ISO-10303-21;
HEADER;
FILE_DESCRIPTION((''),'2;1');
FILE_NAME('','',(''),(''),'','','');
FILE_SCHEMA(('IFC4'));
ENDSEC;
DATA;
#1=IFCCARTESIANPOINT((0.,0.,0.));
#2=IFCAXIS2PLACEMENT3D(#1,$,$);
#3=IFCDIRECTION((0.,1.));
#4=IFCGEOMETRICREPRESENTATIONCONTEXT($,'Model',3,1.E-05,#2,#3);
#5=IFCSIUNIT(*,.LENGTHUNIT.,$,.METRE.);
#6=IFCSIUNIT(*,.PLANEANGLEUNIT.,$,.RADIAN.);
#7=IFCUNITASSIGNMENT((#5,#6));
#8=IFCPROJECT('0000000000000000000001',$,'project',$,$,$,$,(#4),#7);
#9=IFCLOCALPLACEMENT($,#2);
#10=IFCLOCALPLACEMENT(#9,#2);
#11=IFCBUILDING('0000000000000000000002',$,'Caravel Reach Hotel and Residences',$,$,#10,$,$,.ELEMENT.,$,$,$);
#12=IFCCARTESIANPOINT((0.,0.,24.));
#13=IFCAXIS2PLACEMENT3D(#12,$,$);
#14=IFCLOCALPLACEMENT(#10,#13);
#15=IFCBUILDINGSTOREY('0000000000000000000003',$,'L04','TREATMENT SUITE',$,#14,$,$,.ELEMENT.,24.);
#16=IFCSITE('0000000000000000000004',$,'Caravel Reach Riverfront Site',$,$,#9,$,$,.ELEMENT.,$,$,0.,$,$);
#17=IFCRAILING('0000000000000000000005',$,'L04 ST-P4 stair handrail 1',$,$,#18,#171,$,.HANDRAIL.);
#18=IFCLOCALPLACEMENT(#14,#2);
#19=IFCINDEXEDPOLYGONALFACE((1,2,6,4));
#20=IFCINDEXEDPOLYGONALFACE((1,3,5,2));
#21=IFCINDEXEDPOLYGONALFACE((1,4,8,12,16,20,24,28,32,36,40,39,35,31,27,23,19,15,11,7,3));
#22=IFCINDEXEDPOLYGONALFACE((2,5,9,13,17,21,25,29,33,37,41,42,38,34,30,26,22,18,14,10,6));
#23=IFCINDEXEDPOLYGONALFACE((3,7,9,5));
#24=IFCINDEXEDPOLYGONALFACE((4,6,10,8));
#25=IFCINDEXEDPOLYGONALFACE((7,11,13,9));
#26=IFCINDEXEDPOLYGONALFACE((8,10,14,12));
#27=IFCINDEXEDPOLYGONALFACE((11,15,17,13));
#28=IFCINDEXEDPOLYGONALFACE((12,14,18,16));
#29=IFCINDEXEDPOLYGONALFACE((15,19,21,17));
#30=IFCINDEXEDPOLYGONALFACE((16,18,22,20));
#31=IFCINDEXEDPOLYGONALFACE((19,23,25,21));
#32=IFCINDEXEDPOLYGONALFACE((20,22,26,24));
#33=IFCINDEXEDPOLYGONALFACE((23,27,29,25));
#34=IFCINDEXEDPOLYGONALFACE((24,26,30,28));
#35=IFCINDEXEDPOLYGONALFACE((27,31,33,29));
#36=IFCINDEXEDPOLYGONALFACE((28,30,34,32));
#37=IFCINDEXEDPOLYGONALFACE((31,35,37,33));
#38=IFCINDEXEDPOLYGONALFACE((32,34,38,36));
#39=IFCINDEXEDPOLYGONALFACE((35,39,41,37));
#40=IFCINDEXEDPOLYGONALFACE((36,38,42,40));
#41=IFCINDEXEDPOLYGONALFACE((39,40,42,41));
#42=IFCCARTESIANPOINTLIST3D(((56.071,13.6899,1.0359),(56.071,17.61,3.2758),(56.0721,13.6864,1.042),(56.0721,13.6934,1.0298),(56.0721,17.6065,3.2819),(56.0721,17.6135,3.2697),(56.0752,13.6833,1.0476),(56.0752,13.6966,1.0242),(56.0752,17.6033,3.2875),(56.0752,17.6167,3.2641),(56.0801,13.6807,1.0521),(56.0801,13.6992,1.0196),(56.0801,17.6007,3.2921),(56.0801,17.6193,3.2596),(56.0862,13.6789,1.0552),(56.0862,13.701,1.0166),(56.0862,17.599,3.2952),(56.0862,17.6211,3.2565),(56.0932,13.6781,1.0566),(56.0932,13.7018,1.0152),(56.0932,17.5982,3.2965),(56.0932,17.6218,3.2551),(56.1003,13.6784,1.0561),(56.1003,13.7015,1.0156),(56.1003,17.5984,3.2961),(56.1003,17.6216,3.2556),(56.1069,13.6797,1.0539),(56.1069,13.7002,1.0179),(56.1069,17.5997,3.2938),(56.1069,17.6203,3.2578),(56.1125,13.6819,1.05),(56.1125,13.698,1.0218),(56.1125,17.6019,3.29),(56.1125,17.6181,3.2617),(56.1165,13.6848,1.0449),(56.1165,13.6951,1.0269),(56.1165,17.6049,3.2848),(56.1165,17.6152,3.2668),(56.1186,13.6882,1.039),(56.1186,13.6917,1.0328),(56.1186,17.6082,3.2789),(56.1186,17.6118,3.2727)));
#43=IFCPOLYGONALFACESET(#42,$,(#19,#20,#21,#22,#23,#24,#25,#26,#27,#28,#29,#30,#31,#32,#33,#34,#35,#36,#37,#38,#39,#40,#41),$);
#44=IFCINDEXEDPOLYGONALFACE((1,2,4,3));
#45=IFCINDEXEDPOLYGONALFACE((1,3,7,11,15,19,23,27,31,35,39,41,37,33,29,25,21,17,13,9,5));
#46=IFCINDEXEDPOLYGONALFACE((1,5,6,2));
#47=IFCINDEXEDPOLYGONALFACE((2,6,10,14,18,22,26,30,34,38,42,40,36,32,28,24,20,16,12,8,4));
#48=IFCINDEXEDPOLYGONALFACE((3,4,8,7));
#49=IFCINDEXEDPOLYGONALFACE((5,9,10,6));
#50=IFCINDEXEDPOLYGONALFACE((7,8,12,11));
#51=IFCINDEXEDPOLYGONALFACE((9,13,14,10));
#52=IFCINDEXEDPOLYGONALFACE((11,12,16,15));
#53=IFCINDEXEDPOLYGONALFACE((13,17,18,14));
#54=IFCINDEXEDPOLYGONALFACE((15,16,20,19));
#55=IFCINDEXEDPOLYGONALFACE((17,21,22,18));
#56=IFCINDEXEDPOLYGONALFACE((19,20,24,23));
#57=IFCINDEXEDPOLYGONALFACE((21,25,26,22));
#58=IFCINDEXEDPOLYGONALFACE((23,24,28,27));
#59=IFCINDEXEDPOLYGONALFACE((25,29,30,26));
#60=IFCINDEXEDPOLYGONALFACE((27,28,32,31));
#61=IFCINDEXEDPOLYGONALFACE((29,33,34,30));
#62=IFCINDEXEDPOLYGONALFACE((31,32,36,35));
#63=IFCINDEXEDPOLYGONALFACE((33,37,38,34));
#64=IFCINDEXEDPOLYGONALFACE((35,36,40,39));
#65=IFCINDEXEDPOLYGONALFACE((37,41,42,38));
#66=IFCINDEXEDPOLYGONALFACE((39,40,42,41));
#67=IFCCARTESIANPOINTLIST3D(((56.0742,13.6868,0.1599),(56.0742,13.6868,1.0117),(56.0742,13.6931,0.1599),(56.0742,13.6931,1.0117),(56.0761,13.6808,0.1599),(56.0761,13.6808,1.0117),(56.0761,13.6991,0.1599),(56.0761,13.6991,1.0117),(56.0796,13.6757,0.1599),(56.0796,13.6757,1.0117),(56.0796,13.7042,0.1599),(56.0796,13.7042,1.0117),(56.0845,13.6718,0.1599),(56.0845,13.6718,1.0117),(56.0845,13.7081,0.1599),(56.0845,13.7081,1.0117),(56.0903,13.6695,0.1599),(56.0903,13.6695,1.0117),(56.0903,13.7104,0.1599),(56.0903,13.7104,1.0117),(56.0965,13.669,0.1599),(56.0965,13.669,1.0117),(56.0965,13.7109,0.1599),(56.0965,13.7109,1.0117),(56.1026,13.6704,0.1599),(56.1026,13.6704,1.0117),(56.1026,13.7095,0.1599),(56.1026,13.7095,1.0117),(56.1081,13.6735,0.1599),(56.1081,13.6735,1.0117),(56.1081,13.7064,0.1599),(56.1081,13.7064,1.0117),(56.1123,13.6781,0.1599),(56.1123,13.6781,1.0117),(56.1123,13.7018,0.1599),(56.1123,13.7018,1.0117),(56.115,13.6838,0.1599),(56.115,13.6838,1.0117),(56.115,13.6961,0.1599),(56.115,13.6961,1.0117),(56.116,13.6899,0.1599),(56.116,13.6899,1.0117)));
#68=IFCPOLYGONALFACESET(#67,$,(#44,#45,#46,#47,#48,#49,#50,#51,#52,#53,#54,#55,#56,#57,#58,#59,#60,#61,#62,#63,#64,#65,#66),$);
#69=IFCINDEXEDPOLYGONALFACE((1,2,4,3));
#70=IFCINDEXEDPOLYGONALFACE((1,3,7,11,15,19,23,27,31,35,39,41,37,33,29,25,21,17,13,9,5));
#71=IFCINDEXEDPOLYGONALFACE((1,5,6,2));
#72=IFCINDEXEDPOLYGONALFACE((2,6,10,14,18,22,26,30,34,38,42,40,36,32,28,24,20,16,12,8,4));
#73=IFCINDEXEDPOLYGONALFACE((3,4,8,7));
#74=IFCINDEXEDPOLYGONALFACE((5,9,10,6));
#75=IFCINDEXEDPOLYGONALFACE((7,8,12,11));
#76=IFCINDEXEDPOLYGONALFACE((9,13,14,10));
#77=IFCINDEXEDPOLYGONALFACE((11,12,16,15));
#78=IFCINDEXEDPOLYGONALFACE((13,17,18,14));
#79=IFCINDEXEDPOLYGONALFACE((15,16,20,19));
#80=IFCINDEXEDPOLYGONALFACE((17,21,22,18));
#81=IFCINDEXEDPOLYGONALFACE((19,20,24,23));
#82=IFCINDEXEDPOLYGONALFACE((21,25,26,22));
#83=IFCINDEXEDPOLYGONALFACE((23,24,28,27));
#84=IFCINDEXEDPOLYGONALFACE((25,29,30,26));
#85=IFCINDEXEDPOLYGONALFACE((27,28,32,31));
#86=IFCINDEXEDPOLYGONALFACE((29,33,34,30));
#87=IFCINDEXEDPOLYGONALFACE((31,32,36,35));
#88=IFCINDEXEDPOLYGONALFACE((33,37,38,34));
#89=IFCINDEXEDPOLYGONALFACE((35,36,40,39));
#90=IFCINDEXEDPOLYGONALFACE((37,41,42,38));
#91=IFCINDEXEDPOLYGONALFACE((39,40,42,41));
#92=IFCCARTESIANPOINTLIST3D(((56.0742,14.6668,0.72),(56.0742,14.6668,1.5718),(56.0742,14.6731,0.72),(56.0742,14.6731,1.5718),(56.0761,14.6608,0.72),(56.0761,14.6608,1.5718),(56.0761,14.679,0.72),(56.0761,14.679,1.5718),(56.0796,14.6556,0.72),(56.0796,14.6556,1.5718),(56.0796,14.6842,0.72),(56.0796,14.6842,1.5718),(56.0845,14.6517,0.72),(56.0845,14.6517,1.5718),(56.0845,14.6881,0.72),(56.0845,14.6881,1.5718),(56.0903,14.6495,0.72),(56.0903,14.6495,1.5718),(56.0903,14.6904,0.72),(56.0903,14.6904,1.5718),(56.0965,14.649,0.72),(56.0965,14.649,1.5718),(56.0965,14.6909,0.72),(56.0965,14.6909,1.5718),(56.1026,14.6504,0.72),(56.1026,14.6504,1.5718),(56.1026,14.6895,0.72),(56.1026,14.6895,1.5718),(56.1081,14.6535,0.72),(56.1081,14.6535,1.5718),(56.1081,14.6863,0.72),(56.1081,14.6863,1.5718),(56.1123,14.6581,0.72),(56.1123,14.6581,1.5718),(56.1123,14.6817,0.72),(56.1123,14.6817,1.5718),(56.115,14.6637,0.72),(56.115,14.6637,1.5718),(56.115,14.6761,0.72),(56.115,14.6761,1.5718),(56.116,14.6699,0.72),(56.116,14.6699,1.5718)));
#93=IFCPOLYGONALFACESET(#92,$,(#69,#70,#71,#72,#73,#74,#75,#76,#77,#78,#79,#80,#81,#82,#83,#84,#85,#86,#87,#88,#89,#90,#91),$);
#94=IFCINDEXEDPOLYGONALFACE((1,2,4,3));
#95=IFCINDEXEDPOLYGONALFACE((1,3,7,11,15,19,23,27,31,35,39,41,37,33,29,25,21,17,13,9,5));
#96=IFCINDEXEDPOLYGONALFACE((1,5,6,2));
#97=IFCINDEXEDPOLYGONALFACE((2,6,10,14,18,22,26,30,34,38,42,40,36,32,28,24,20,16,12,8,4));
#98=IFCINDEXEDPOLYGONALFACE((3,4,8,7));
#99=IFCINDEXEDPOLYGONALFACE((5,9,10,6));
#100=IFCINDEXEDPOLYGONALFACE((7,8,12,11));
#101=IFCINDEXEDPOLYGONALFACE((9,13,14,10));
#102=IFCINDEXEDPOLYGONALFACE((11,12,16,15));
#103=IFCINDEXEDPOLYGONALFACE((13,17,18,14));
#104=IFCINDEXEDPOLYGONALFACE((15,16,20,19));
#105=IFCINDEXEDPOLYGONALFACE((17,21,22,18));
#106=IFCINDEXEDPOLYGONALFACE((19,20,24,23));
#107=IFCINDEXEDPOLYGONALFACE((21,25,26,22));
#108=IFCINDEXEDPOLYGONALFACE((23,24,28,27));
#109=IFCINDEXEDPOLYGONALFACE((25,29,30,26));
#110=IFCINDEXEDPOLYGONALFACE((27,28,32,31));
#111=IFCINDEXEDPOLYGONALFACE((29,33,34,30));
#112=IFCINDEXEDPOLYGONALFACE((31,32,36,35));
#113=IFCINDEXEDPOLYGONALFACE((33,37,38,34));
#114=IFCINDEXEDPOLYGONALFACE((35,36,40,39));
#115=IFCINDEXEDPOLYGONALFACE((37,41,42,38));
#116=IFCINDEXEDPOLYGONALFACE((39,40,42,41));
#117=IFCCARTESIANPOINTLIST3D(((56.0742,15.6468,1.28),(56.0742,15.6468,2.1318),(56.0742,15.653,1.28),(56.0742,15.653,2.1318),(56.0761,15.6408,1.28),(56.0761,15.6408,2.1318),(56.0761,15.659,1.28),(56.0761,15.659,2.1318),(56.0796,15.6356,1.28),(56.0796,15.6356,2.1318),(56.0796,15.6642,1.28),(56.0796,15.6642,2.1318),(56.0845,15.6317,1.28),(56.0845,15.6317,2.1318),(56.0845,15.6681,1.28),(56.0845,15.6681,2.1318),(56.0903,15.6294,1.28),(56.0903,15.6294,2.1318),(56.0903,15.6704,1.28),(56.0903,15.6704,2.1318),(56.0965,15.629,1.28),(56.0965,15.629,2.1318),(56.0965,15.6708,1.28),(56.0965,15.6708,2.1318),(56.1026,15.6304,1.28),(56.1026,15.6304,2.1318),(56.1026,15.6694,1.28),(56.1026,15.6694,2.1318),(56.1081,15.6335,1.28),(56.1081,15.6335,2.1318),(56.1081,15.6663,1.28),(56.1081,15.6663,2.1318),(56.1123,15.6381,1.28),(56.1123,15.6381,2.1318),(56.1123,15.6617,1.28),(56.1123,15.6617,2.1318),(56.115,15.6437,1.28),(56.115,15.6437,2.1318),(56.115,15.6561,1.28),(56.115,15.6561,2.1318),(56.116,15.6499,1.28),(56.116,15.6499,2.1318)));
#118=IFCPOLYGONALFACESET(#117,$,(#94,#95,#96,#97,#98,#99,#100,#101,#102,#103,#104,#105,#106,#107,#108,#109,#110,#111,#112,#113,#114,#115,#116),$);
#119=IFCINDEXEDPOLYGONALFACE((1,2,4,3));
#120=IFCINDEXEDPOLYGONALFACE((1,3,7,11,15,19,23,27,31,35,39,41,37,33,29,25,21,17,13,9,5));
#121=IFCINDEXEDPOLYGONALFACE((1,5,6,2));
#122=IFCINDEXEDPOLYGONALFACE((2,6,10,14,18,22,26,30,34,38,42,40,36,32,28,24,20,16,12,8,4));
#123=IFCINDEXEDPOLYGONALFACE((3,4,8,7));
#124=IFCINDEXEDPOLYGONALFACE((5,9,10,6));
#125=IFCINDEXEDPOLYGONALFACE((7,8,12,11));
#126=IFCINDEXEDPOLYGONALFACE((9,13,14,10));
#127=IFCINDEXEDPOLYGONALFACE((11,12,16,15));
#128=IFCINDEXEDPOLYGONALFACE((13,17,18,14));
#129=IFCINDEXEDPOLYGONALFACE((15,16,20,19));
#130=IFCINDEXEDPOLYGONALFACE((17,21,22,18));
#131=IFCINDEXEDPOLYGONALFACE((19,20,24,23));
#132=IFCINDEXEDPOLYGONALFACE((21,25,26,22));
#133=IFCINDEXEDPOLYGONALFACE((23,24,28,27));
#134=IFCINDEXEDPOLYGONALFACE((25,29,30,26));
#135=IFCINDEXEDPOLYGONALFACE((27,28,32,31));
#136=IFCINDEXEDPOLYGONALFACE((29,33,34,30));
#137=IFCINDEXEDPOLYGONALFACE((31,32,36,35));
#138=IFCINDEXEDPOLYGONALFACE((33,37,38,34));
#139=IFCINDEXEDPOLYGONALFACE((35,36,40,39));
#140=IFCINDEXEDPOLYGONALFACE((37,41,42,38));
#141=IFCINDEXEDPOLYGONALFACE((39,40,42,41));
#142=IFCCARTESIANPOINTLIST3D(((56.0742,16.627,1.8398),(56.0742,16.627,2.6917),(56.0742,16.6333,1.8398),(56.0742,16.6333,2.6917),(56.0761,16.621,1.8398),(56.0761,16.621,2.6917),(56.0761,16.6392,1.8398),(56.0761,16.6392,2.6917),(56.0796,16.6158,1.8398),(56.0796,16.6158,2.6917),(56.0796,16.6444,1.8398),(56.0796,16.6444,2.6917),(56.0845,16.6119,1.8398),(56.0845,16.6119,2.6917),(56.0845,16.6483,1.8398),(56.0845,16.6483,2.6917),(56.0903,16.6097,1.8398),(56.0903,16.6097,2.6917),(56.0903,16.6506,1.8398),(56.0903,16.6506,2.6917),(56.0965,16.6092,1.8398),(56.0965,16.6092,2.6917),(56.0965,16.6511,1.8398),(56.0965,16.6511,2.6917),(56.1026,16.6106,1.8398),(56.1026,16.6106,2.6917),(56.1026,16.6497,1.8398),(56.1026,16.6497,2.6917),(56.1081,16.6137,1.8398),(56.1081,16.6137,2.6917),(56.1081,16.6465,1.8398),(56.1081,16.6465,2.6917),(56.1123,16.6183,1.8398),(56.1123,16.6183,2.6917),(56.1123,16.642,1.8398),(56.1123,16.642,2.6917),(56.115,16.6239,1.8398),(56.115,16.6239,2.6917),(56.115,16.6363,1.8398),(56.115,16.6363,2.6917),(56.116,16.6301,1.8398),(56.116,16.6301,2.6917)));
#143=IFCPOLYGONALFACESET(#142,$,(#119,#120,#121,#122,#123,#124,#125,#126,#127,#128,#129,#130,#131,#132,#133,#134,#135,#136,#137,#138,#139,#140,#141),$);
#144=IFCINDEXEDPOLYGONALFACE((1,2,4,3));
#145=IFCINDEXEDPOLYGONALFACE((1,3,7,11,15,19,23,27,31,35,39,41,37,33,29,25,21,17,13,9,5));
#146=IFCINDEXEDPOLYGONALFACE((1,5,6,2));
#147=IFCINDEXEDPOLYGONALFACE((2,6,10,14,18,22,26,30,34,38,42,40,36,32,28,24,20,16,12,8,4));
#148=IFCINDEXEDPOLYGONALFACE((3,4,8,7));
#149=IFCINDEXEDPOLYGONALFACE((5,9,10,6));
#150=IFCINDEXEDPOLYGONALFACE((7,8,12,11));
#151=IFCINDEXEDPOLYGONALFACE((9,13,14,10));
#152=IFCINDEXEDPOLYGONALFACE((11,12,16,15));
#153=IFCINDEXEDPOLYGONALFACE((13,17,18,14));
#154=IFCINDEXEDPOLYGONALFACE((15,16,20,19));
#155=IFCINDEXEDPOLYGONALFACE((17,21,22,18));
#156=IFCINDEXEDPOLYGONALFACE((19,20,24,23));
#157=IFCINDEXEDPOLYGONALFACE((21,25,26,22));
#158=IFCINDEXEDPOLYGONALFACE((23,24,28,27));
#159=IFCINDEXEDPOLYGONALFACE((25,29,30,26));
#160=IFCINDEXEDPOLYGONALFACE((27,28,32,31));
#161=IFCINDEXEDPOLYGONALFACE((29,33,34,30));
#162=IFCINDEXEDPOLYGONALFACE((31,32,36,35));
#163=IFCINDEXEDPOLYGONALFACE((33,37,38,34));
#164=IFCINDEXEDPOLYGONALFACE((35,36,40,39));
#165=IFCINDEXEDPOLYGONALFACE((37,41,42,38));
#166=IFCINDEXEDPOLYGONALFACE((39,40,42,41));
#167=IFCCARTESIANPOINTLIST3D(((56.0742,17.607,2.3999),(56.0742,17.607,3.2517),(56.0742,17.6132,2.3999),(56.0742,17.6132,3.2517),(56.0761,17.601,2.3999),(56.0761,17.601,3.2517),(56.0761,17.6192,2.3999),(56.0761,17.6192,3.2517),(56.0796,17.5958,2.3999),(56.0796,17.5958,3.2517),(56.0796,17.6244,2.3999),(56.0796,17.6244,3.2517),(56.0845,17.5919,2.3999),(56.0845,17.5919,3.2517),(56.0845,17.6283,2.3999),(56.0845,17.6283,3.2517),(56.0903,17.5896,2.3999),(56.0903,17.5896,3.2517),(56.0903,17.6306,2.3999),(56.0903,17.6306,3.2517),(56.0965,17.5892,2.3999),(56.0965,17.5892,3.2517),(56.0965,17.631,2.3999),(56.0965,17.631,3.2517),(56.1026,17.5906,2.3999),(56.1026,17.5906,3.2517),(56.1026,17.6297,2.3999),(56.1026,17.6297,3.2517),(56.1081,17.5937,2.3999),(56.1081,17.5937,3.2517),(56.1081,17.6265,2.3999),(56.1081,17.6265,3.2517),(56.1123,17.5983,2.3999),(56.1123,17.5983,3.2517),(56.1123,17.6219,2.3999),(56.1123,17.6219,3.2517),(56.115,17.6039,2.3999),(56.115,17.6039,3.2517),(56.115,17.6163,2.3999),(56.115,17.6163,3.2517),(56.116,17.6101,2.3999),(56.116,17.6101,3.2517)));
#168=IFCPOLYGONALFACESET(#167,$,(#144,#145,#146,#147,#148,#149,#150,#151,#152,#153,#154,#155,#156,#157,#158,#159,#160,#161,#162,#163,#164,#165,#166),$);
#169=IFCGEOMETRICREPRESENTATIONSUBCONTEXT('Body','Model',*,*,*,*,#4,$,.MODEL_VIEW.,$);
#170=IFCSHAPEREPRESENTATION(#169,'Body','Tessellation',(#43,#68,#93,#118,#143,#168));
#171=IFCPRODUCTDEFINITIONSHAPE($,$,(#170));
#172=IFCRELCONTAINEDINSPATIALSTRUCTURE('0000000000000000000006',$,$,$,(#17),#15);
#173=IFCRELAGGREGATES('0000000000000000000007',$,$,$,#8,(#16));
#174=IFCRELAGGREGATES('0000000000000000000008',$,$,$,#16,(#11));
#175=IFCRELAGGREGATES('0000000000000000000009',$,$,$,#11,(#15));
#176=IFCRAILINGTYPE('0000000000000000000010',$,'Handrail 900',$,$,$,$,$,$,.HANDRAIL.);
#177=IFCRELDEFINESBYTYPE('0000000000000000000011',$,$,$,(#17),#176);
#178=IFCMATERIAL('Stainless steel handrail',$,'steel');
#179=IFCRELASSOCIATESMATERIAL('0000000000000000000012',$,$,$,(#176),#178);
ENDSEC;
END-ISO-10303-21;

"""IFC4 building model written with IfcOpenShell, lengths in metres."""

from ifc_helpers import new_model, si_unit, direction, frame, origin, origin_2d, place, context, subcontext, project, spatial, circle, extrude, material, type_object, element, save


model = new_model("IFC4")

# Units and contexts
model_context = context("Model", 3, precision=1e-05, world=origin(), true_north=direction((0.0, 1.0)))
body_context = subcontext(model_context, "Body", "Model", "MODEL_VIEW")
ifc_project = project(units=[si_unit("LENGTHUNIT", "METRE"), si_unit("PLANEANGLEUNIT", "RADIAN")], contexts=[model_context])

# Site, building, storey
site_placement = place(None, origin())
site = spatial("IfcSite", under=ifc_project, at=site_placement, Name="Caravel Reach Riverfront Site", CompositionType="ELEMENT", RefElevation=0.0)
building_placement = place(site_placement, origin())
building = spatial("IfcBuilding", under=site, at=building_placement, Name="Caravel Reach Hotel and Residences", CompositionType="ELEMENT")
storey_placement = place(building_placement, frame((0.0, 0.0, 24.0)))
storey = spatial("IfcBuildingStorey", under=building, at=storey_placement, Name="L04", Description="TREATMENT SUITE", CompositionType="ELEMENT", Elevation=24.0)

# Railing
ifc_material_1 = material(Name="Stainless steel handrail", Category="steel")
railing_type_1 = type_object("IfcRailingType", Name="Handrail 900", PredefinedType="HANDRAIL", material=ifc_material_1)
railing_1_placement = place(storey_placement, frame((56.095, 13.6899, 0.1599)))
element("IfcRailing", 1, at=railing_1_placement, inside=storey, type_object=railing_type_1, Name="L04 ST-P4 stair handrail 1", PredefinedType="HANDRAIL", context=body_context, shape_type="SweptSolid", body=[
    extrude(circle(Radius=0.0239, at=origin_2d()), frame((0.0, 0.0, 0.876), z_axis=(0.0, 0.868253, 0.496121), x_axis=(-1.0, 0.0, 0.0)), (0.0, 0.0, 1.0), 4.5149),
    extrude(circle(Radius=0.021, at=origin_2d()), origin(), (0.0, 0.0, 1.0), 0.8518),
    extrude(circle(Radius=0.021, at=origin_2d()), frame((0.0, 0.98, 0.5601)), (0.0, 0.0, 1.0), 0.8518),
    extrude(circle(Radius=0.021, at=origin_2d()), frame((0.0, 1.96, 1.1201)), (0.0, 0.0, 1.0), 0.8518),
    extrude(circle(Radius=0.021, at=origin_2d()), frame((0.0, 2.9402, 1.6799)), (0.0, 0.0, 1.0), 0.8518),
    extrude(circle(Radius=0.021, at=origin_2d()), frame((0.0, 3.9202, 2.24)), (0.0, 0.0, 1.0), 0.8518),
])

save(model, "model.ifc")
